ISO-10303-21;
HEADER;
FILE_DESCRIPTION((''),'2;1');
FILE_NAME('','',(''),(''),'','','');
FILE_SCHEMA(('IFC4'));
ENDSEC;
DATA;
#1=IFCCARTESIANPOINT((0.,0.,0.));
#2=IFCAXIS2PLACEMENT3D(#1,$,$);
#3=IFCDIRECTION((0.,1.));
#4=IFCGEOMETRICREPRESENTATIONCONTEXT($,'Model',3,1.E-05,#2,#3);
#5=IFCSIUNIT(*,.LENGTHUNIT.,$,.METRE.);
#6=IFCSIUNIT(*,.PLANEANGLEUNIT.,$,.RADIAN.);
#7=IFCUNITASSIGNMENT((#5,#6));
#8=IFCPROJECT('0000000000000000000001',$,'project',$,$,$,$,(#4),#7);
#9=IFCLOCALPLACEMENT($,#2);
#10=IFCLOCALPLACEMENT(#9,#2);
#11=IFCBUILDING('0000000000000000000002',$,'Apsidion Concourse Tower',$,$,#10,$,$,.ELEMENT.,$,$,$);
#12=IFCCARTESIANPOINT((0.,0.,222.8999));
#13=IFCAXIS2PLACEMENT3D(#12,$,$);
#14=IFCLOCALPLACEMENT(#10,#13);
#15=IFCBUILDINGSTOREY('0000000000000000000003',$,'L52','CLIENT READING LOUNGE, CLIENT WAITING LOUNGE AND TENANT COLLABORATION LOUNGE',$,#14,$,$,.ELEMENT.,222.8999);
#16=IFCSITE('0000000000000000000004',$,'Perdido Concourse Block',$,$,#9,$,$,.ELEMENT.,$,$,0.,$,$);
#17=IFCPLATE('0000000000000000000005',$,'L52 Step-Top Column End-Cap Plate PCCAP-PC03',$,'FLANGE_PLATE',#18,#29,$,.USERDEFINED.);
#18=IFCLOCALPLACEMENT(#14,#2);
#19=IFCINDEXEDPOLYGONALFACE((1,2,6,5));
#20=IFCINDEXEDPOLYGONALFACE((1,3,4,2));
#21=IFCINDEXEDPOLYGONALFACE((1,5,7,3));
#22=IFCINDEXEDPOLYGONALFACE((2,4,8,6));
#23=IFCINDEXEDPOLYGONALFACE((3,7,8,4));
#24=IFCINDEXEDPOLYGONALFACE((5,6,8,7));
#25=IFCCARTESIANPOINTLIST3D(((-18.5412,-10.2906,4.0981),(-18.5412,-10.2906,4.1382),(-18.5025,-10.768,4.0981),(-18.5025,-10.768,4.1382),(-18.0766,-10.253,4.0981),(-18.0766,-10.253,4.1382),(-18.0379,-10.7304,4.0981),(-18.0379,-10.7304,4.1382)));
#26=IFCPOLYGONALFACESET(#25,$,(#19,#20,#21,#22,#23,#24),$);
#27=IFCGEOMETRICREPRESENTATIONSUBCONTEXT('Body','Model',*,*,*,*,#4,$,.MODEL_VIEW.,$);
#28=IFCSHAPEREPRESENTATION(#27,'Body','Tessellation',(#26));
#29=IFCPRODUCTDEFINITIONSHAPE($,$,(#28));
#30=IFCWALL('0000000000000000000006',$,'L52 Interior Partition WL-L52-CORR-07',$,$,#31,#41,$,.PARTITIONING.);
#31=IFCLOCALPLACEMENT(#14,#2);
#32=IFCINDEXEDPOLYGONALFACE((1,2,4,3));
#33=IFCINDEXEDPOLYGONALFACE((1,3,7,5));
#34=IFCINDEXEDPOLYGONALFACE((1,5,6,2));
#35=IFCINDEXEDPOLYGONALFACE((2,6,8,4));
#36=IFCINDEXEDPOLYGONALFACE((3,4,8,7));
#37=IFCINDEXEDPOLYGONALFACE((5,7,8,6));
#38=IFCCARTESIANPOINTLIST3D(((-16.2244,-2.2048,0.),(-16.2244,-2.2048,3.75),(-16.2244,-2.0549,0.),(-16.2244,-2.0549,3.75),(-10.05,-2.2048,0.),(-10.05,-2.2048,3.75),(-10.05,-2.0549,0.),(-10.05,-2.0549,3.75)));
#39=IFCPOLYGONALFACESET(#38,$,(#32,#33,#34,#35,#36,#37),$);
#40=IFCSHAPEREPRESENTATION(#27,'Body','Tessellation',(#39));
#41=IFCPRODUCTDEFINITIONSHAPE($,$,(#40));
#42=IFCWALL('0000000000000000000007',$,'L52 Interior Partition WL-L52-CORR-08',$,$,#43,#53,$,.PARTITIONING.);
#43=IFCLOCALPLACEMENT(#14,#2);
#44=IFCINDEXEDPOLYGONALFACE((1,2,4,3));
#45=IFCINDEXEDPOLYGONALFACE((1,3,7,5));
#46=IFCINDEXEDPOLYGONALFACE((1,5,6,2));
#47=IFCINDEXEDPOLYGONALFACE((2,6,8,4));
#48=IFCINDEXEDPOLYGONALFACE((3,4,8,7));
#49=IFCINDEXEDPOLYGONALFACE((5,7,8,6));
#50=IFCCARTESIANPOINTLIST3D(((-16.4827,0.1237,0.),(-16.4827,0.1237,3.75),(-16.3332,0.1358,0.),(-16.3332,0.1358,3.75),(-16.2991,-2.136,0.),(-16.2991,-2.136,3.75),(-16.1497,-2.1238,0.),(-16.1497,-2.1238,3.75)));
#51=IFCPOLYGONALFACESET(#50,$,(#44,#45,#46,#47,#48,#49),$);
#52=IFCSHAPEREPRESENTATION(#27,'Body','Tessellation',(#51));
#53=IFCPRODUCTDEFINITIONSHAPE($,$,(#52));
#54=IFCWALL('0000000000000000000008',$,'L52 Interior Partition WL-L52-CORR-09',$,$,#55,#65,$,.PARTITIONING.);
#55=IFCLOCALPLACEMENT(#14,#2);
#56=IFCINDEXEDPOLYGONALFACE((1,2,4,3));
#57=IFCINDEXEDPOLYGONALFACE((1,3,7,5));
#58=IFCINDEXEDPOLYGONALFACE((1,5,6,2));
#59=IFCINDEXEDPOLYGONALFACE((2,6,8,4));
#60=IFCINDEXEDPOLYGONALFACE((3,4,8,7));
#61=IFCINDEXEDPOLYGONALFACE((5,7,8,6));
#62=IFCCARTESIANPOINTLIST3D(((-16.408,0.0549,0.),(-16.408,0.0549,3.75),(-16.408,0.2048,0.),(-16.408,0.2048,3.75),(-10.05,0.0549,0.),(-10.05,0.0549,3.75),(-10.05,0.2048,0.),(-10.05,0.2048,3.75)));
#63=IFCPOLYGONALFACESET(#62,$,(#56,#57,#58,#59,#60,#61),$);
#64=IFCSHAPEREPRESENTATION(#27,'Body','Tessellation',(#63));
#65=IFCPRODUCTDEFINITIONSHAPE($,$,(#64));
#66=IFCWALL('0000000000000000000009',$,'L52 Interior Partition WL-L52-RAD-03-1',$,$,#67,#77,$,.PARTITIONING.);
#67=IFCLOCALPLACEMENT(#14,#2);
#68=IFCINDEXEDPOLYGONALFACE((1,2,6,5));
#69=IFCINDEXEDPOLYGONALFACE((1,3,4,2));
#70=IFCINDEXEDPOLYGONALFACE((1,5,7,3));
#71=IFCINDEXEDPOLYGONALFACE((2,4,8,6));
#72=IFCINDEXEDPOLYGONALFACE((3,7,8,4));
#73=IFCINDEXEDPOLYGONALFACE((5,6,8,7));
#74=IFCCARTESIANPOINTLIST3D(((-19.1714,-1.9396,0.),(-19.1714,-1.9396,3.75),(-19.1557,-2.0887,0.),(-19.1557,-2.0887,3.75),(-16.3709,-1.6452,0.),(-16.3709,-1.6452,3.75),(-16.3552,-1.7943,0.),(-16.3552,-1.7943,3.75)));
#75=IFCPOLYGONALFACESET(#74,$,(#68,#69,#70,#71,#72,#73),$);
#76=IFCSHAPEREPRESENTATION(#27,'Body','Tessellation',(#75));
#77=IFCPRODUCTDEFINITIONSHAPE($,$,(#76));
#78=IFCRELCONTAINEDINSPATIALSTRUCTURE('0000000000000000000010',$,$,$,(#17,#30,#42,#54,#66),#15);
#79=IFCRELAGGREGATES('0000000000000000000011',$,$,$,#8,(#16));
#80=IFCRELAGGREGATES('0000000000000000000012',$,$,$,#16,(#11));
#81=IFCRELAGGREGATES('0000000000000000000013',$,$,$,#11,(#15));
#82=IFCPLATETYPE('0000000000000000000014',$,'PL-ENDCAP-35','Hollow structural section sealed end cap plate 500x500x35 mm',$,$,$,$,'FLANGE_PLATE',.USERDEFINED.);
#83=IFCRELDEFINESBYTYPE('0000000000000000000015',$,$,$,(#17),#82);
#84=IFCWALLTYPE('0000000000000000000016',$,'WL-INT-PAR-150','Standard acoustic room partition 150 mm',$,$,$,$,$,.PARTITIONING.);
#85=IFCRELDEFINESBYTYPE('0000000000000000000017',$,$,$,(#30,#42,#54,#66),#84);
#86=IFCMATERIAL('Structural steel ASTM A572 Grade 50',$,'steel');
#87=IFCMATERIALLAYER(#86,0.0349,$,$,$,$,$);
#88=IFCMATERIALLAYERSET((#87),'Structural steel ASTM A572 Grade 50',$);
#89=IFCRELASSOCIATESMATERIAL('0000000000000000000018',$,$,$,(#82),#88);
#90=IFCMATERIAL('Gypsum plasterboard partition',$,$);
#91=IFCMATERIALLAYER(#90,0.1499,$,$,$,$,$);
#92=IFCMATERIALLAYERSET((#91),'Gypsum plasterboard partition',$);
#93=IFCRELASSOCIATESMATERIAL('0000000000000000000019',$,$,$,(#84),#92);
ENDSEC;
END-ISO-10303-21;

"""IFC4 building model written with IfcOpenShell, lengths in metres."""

from ifc_helpers import new_model, si_unit, direction, frame, frame_2d, origin, origin_2d, place, context, subcontext, project, spatial, rectangle, extrude, material, layer, layer_set, type_object, element, save


model = new_model("IFC4")

# Units and contexts
model_context = context("Model", 3, precision=1e-05, world=origin(), true_north=direction((0.0, 1.0)))
body_context = subcontext(model_context, "Body", "Model", "MODEL_VIEW")
ifc_project = project(units=[si_unit("LENGTHUNIT", "METRE"), si_unit("PLANEANGLEUNIT", "RADIAN")], contexts=[model_context])

# Site, building, storey
site_placement = place(None, origin())
site = spatial("IfcSite", under=ifc_project, at=site_placement, Name="Perdido Concourse Block", CompositionType="ELEMENT", RefElevation=0.0)
building_placement = place(site_placement, origin())
building = spatial("IfcBuilding", under=site, at=building_placement, Name="Apsidion Concourse Tower", CompositionType="ELEMENT")
storey_placement = place(building_placement, frame((0.0, 0.0, 222.8999)))
storey = spatial("IfcBuildingStorey", under=building, at=storey_placement, Name="L52", Description="CLIENT READING LOUNGE, CLIENT WAITING LOUNGE AND TENANT COLLABORATION LOUNGE", CompositionType="ELEMENT", Elevation=222.8999)

# Shared definitions
ifc_material_1 = material(Name="Structural steel ASTM A572 Grade 50", Category="steel")

# Plate
ifc_layer_1 = layer(ifc_material_1, 0.0349)
ifc_layer_set_1 = layer_set([ifc_layer_1], Name="Structural steel ASTM A572 Grade 50")
plate_type = type_object("IfcPlateType", Name="PL-ENDCAP-35", Description="Hollow structural section sealed end cap plate 500x500x35 mm", ElementType="FLANGE_PLATE", PredefinedType="USERDEFINED", material=ifc_layer_set_1)
plate_placement = place(storey_placement, frame((-18.2896, -10.5105, 4.0981), z_axis=(0.0, 0.0, 1.0), x_axis=(-0.080721, 0.996737, 0.0)))
element("IfcPlate", 1, at=plate_placement, inside=storey, type_object=plate_type, Name="L52 Step-Top Column End-Cap Plate PCCAP-PC03", ObjectType="FLANGE_PLATE", PredefinedType="USERDEFINED", context=body_context, shape_type="SweptSolid", body=[
    extrude(rectangle(XDim=0.479, YDim=0.4661, at=origin_2d()), origin(), (0.0, 0.0, 1.0), 0.04),
])

# Walls
ifc_material_2 = material(Name="Gypsum plasterboard partition")
ifc_layer_2 = layer(ifc_material_2, 0.1499)
ifc_layer_set_2 = layer_set([ifc_layer_2], Name="Gypsum plasterboard partition")
wall_type = type_object("IfcWallType", Name="WL-INT-PAR-150", Description="Standard acoustic room partition 150 mm", PredefinedType="PARTITIONING", material=ifc_layer_set_2)
wall_1_placement = place(storey_placement, frame((-10.05, -2.1299, 0.0), z_axis=(0.0, 0.0, 1.0), x_axis=(-1.0, 0.0, 0.0)))
element("IfcWall", 2, at=wall_1_placement, inside=storey, type_object=wall_type, Name="L52 Interior Partition WL-L52-CORR-07", PredefinedType="PARTITIONING", context=body_context, shape_type="SweptSolid", body=[
    extrude(rectangle(XDim=6.1743, YDim=0.1499, at=frame_2d((3.0872, 0.0))), origin(), (0.0, 0.0, 1.0), 3.75),
])
wall_2_placement = place(storey_placement, frame((-16.2244, -2.1299, 0.0), z_axis=(0.0, 0.0, 1.0), x_axis=(-0.080978, 0.996716, 0.0)))
element("IfcWall", 3, at=wall_2_placement, inside=storey, type_object=wall_type, Name="L52 Interior Partition WL-L52-CORR-08", PredefinedType="PARTITIONING", context=body_context, shape_type="SweptSolid", body=[
    extrude(rectangle(XDim=2.2671, YDim=0.1499, at=frame_2d((1.1335, 0.0))), origin(), (0.0, 0.0, 1.0), 3.75),
])
wall_3_placement = place(storey_placement, frame((-16.408, 0.1299, 0.0), z_axis=(0.0, 0.0, 1.0), x_axis=(1.0, 0.0, 0.0)))
element("IfcWall", 4, at=wall_3_placement, inside=storey, type_object=wall_type, Name="L52 Interior Partition WL-L52-CORR-09", PredefinedType="PARTITIONING", context=body_context, shape_type="SweptSolid", body=[
    extrude(rectangle(XDim=6.3579, YDim=0.1499, at=frame_2d((3.179, 0.0))), origin(), (0.0, 0.0, 1.0), 3.75),
])
wall_4_placement = place(storey_placement, frame((-16.363, -1.7197, 0.0), z_axis=(0.0, 0.0, 1.0), x_axis=(-0.994519, -0.104558, 0.0)))
element("IfcWall", 5, at=wall_4_placement, inside=storey, type_object=wall_type, Name="L52 Interior Partition WL-L52-RAD-03-1", PredefinedType="PARTITIONING", context=body_context, shape_type="SweptSolid", body=[
    extrude(rectangle(XDim=2.8159, YDim=0.1499, at=frame_2d((1.408, 0.0))), origin(), (0.0, 0.0, 1.0), 3.75),
])

save(model, "model.ifc")
